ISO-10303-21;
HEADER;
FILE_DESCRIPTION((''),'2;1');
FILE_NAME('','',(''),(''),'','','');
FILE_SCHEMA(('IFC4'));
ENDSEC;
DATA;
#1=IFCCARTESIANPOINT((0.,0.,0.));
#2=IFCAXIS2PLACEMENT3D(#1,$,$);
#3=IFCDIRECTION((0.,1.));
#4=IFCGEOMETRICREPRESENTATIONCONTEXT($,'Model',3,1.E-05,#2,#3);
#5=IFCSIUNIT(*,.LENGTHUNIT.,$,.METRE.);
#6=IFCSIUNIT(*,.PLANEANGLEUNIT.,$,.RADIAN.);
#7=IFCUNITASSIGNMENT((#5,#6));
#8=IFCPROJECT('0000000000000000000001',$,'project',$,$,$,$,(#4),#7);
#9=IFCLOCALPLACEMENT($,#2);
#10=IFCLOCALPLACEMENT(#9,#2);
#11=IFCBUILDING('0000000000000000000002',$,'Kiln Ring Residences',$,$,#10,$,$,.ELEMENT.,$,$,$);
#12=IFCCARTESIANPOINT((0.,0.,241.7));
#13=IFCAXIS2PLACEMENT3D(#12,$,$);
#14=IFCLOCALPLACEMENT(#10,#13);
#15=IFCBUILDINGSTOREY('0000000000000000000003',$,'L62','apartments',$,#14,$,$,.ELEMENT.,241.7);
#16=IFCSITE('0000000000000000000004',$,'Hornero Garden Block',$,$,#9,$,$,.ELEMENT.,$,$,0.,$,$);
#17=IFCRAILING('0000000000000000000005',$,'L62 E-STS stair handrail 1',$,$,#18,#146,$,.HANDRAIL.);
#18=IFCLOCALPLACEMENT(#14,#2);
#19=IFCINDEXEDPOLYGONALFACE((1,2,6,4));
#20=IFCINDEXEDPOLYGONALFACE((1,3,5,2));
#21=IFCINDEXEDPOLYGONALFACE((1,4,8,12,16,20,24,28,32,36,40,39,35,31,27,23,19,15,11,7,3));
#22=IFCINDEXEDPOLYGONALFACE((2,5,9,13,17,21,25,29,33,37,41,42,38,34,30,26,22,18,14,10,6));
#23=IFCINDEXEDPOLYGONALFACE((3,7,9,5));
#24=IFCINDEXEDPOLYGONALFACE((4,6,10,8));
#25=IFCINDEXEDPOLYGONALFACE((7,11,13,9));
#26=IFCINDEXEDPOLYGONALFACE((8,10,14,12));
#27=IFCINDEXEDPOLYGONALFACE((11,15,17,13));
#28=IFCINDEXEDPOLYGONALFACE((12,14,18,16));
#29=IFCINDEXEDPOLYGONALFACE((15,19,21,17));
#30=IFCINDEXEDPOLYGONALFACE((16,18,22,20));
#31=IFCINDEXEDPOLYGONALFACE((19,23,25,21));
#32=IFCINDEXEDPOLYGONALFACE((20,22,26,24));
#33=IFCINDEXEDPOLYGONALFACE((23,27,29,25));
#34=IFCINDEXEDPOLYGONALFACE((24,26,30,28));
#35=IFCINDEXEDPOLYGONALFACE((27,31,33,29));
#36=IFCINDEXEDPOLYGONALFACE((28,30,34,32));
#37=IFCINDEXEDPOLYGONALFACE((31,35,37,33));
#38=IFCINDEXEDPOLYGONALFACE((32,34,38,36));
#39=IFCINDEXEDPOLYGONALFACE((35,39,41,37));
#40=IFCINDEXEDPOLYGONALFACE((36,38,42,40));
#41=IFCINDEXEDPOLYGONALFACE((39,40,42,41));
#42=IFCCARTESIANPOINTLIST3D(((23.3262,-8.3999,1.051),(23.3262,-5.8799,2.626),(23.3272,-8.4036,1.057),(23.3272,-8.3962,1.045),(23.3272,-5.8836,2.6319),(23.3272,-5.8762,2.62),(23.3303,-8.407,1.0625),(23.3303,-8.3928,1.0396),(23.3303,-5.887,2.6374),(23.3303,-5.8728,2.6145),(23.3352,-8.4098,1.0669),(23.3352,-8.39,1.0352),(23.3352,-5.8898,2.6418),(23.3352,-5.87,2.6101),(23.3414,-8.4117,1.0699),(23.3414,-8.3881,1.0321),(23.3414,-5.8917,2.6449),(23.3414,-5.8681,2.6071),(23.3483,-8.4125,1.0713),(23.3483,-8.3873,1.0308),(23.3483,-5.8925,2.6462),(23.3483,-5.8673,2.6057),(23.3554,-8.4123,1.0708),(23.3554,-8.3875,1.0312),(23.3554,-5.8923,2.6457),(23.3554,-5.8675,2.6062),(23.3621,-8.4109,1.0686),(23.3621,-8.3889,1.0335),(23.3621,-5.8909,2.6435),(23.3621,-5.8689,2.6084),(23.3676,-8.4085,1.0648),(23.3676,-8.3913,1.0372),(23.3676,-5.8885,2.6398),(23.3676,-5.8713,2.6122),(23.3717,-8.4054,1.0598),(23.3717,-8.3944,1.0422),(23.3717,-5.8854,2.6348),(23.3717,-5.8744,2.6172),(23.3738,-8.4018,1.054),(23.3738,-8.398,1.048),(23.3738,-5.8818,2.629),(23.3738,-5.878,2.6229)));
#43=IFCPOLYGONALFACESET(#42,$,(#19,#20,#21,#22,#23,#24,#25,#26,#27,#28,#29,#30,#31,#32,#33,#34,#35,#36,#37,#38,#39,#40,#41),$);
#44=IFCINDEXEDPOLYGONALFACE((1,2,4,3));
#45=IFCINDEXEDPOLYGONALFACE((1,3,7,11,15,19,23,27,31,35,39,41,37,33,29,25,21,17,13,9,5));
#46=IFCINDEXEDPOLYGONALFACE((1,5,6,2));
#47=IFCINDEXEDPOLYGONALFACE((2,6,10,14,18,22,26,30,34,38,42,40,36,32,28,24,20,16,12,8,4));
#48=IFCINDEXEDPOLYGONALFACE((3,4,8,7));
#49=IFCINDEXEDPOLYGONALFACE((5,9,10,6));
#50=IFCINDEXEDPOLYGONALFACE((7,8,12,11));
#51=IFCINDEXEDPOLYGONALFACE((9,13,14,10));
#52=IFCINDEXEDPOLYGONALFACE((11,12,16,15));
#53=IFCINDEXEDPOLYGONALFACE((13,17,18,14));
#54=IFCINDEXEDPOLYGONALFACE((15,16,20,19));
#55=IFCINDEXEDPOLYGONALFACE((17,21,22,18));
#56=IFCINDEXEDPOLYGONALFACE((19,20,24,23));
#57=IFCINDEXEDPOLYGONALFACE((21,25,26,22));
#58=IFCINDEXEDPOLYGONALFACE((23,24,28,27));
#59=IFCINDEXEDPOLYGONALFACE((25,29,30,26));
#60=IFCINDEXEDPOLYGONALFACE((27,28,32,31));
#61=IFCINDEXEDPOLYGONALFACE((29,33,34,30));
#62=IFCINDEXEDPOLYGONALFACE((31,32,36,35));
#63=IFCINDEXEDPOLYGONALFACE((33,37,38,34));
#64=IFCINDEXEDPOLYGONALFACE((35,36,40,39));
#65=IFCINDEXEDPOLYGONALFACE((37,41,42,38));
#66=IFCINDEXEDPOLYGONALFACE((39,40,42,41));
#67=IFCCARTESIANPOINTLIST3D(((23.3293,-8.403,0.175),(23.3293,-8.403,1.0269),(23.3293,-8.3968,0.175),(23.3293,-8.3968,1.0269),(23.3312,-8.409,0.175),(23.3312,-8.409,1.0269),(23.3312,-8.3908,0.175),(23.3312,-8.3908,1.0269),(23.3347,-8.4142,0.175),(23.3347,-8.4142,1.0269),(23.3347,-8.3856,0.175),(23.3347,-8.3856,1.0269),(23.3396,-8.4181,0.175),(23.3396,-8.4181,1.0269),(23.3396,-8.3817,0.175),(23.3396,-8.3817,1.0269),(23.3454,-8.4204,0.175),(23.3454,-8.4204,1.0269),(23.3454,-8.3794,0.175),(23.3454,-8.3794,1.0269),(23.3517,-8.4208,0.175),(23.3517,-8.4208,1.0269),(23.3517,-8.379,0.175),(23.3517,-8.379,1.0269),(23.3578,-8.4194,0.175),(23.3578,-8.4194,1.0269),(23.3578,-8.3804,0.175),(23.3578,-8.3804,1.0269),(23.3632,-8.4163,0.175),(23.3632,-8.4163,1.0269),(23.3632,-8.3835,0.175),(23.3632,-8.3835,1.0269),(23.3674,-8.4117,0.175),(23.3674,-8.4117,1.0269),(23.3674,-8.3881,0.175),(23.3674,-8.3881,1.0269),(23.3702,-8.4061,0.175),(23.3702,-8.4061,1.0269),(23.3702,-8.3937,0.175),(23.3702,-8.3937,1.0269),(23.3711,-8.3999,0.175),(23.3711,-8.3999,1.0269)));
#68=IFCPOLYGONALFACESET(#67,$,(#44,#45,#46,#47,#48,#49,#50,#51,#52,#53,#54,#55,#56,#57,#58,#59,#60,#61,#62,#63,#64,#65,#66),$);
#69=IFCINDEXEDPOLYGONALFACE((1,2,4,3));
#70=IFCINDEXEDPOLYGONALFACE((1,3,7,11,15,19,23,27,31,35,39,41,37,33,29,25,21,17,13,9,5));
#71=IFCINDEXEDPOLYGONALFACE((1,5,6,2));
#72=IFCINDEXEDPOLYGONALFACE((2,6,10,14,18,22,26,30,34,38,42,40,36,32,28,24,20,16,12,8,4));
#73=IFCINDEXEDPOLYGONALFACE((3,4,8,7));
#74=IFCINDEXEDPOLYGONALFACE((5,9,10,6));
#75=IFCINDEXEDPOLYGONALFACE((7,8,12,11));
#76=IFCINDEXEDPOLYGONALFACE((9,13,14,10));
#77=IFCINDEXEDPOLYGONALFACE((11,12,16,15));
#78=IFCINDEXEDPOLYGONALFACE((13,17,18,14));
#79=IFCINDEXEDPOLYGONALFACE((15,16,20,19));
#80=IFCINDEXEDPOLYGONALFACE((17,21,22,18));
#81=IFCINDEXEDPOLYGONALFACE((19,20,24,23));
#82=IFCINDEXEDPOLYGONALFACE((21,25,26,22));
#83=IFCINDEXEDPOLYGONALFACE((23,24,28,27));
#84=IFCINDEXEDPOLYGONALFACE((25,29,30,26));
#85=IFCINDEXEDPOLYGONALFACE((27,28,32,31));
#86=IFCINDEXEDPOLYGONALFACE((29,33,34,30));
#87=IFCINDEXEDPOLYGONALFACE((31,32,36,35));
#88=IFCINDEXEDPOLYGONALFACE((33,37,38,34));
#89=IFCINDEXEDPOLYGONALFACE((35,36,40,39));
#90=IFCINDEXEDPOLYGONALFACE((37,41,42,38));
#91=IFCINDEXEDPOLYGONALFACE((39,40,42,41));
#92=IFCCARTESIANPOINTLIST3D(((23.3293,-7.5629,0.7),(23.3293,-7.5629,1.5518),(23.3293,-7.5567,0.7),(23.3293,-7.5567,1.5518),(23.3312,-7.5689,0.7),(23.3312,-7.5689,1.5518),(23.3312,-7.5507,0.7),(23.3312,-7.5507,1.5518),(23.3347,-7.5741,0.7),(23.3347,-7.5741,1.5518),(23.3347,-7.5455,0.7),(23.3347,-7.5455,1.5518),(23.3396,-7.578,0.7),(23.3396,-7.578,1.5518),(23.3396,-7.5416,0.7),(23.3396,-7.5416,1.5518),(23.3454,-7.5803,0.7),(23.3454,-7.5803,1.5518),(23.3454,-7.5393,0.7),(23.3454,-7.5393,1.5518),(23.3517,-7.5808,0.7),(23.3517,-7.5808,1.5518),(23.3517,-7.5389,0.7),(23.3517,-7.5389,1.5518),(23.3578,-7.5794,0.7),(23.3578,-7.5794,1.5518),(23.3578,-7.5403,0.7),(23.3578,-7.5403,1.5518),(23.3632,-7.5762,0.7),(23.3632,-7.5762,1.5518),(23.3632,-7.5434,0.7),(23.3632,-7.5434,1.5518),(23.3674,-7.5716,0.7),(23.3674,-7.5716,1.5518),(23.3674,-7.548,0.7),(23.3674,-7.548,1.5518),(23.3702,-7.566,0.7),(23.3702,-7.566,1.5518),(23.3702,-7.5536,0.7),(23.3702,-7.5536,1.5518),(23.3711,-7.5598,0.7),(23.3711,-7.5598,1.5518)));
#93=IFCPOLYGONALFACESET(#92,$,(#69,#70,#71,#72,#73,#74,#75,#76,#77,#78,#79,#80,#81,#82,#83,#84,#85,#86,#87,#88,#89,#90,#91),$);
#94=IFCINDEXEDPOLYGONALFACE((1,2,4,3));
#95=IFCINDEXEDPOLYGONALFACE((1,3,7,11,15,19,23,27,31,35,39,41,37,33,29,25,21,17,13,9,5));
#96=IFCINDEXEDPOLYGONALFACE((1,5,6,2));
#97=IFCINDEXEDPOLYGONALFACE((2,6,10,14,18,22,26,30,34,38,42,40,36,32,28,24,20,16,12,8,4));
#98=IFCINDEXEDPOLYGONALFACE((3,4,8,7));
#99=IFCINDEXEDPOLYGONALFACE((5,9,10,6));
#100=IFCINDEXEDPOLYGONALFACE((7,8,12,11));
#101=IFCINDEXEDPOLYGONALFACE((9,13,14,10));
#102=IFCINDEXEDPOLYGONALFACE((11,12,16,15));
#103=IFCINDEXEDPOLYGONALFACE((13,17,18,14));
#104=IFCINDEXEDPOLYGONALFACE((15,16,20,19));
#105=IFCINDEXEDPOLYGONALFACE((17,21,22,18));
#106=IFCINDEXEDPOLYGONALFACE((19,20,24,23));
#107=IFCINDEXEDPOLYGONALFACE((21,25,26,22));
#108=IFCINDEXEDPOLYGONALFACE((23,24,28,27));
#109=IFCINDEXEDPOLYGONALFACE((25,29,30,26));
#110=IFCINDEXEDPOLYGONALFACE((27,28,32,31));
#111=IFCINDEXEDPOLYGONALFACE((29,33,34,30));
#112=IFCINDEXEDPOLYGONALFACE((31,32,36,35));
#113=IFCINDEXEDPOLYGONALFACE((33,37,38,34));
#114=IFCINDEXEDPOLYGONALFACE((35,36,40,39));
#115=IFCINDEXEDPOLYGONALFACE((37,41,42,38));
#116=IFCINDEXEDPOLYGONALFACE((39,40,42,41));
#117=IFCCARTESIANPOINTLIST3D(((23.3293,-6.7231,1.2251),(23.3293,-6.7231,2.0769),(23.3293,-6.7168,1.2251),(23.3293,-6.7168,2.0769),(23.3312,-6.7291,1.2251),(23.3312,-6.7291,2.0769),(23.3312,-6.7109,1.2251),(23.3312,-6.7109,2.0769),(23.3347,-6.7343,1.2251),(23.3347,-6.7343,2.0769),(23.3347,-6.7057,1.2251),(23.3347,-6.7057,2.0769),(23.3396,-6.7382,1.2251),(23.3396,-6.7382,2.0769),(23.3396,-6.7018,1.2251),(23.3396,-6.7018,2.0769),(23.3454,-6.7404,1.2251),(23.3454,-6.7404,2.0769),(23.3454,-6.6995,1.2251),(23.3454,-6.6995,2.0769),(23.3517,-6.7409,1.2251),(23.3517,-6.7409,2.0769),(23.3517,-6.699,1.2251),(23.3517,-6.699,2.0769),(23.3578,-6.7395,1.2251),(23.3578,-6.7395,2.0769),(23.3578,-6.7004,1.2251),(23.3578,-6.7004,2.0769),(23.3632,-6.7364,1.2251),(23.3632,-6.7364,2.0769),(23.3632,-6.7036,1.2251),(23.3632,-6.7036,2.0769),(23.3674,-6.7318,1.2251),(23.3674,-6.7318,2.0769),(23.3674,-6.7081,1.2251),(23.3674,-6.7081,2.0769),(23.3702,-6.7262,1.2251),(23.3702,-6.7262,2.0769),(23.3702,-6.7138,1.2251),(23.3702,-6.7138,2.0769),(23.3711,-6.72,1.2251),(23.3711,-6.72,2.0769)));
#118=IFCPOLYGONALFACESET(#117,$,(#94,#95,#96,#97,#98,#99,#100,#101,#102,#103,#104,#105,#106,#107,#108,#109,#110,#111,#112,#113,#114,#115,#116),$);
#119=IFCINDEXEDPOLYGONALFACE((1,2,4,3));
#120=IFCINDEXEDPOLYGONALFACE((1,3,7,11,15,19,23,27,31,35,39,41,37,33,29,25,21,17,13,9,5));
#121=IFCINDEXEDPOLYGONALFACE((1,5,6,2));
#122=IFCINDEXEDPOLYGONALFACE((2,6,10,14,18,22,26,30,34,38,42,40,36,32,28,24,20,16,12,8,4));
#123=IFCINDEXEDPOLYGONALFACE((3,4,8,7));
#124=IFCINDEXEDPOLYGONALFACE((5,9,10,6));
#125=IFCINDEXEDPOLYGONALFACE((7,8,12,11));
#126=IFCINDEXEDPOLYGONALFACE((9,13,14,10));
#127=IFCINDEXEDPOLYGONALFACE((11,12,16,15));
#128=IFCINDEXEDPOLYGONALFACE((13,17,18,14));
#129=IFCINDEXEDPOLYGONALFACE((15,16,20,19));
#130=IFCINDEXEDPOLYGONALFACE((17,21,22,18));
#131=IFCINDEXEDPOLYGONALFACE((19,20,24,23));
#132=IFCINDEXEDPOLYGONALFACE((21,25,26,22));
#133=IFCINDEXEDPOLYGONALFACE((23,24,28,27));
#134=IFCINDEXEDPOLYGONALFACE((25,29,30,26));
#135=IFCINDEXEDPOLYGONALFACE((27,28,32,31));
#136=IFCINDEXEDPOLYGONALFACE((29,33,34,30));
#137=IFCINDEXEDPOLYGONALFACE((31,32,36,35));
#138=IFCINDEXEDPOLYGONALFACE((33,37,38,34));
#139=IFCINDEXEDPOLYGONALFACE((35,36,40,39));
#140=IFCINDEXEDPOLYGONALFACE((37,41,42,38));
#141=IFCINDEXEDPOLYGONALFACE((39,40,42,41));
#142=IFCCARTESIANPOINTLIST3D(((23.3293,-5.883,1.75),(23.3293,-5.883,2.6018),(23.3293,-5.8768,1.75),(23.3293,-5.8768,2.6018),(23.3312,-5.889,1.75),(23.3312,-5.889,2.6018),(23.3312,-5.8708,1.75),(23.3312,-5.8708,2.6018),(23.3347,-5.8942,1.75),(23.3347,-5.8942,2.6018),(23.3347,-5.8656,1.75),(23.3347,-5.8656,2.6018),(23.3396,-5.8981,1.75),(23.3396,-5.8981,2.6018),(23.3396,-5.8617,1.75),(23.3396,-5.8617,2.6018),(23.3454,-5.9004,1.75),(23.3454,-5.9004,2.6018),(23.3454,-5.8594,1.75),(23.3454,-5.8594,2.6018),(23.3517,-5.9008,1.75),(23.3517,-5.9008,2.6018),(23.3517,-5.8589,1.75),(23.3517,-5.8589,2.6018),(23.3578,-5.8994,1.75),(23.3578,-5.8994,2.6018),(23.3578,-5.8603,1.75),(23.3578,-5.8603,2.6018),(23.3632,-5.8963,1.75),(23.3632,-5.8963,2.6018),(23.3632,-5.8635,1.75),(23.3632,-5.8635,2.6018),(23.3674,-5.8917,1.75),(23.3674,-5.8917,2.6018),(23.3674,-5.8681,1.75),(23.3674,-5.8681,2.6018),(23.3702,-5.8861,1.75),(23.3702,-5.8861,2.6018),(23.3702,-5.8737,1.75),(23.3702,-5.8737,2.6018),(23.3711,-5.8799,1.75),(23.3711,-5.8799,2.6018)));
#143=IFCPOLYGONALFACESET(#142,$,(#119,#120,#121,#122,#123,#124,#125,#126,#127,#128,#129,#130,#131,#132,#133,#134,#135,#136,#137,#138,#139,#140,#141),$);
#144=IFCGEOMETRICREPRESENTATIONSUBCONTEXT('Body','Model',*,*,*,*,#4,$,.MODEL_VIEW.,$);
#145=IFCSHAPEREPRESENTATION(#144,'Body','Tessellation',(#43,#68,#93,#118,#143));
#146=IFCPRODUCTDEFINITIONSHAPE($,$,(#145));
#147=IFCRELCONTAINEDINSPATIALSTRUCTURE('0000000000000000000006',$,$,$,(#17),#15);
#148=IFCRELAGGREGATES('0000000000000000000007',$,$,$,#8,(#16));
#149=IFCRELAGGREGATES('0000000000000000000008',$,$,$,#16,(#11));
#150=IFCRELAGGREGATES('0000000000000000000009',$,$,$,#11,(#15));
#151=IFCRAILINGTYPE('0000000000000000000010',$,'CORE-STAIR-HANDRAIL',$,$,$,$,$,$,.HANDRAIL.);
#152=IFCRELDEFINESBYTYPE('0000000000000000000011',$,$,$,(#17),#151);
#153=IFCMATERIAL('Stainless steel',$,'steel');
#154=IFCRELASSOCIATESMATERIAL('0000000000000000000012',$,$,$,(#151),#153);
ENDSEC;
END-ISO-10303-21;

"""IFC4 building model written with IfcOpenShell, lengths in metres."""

from ifc_helpers import new_model, si_unit, direction, frame, origin, origin_2d, place, context, subcontext, project, spatial, circle, extrude, material, type_object, element, save


model = new_model("IFC4")

# Units and contexts
model_context = context("Model", 3, precision=1e-05, world=origin(), true_north=direction((0.0, 1.0)))
body_context = subcontext(model_context, "Body", "Model", "MODEL_VIEW")
ifc_project = project(units=[si_unit("LENGTHUNIT", "METRE"), si_unit("PLANEANGLEUNIT", "RADIAN")], contexts=[model_context])

# Site, building, storey
site_placement = place(None, origin())
site = spatial("IfcSite", under=ifc_project, at=site_placement, Name="Hornero Garden Block", CompositionType="ELEMENT", RefElevation=0.0)
building_placement = place(site_placement, origin())
building = spatial("IfcBuilding", under=site, at=building_placement, Name="Kiln Ring Residences", CompositionType="ELEMENT")
storey_placement = place(building_placement, frame((0.0, 0.0, 241.7)))
storey = spatial("IfcBuildingStorey", under=building, at=storey_placement, Name="L62", Description="apartments", CompositionType="ELEMENT", Elevation=241.7)

# Railing
ifc_material_1 = material(Name="Stainless steel", Category="steel")
railing_type_1 = type_object("IfcRailingType", Name="CORE-STAIR-HANDRAIL", PredefinedType="HANDRAIL", material=ifc_material_1)
railing_1_placement = place(storey_placement, frame((23.3501, -8.3999, 0.175)))
element("IfcRailing", 1, at=railing_1_placement, inside=storey, type_object=railing_type_1, Name="L62 E-STS stair handrail 1", PredefinedType="HANDRAIL", context=body_context, shape_type="SweptSolid", body=[
    extrude(circle(Radius=0.0239, at=origin_2d()), frame((0.0, 0.0, 0.876), z_axis=(0.0, 0.848008, 0.529984), x_axis=(-1.0, 0.0, 0.0)), (0.0, 0.0, 1.0), 2.9717),
    extrude(circle(Radius=0.021, at=origin_2d()), origin(), (0.0, 0.0, 1.0), 0.8518),
    extrude(circle(Radius=0.021, at=origin_2d()), frame((0.0, 0.8401, 0.5249)), (0.0, 0.0, 1.0), 0.8518),
    extrude(circle(Radius=0.021, at=origin_2d()), frame((0.0, 1.6799, 1.05)), (0.0, 0.0, 1.0), 0.8518),
    extrude(circle(Radius=0.021, at=origin_2d()), frame((0.0, 2.52, 1.575)), (0.0, 0.0, 1.0), 0.8518),
])

save(model, "model.ifc")
